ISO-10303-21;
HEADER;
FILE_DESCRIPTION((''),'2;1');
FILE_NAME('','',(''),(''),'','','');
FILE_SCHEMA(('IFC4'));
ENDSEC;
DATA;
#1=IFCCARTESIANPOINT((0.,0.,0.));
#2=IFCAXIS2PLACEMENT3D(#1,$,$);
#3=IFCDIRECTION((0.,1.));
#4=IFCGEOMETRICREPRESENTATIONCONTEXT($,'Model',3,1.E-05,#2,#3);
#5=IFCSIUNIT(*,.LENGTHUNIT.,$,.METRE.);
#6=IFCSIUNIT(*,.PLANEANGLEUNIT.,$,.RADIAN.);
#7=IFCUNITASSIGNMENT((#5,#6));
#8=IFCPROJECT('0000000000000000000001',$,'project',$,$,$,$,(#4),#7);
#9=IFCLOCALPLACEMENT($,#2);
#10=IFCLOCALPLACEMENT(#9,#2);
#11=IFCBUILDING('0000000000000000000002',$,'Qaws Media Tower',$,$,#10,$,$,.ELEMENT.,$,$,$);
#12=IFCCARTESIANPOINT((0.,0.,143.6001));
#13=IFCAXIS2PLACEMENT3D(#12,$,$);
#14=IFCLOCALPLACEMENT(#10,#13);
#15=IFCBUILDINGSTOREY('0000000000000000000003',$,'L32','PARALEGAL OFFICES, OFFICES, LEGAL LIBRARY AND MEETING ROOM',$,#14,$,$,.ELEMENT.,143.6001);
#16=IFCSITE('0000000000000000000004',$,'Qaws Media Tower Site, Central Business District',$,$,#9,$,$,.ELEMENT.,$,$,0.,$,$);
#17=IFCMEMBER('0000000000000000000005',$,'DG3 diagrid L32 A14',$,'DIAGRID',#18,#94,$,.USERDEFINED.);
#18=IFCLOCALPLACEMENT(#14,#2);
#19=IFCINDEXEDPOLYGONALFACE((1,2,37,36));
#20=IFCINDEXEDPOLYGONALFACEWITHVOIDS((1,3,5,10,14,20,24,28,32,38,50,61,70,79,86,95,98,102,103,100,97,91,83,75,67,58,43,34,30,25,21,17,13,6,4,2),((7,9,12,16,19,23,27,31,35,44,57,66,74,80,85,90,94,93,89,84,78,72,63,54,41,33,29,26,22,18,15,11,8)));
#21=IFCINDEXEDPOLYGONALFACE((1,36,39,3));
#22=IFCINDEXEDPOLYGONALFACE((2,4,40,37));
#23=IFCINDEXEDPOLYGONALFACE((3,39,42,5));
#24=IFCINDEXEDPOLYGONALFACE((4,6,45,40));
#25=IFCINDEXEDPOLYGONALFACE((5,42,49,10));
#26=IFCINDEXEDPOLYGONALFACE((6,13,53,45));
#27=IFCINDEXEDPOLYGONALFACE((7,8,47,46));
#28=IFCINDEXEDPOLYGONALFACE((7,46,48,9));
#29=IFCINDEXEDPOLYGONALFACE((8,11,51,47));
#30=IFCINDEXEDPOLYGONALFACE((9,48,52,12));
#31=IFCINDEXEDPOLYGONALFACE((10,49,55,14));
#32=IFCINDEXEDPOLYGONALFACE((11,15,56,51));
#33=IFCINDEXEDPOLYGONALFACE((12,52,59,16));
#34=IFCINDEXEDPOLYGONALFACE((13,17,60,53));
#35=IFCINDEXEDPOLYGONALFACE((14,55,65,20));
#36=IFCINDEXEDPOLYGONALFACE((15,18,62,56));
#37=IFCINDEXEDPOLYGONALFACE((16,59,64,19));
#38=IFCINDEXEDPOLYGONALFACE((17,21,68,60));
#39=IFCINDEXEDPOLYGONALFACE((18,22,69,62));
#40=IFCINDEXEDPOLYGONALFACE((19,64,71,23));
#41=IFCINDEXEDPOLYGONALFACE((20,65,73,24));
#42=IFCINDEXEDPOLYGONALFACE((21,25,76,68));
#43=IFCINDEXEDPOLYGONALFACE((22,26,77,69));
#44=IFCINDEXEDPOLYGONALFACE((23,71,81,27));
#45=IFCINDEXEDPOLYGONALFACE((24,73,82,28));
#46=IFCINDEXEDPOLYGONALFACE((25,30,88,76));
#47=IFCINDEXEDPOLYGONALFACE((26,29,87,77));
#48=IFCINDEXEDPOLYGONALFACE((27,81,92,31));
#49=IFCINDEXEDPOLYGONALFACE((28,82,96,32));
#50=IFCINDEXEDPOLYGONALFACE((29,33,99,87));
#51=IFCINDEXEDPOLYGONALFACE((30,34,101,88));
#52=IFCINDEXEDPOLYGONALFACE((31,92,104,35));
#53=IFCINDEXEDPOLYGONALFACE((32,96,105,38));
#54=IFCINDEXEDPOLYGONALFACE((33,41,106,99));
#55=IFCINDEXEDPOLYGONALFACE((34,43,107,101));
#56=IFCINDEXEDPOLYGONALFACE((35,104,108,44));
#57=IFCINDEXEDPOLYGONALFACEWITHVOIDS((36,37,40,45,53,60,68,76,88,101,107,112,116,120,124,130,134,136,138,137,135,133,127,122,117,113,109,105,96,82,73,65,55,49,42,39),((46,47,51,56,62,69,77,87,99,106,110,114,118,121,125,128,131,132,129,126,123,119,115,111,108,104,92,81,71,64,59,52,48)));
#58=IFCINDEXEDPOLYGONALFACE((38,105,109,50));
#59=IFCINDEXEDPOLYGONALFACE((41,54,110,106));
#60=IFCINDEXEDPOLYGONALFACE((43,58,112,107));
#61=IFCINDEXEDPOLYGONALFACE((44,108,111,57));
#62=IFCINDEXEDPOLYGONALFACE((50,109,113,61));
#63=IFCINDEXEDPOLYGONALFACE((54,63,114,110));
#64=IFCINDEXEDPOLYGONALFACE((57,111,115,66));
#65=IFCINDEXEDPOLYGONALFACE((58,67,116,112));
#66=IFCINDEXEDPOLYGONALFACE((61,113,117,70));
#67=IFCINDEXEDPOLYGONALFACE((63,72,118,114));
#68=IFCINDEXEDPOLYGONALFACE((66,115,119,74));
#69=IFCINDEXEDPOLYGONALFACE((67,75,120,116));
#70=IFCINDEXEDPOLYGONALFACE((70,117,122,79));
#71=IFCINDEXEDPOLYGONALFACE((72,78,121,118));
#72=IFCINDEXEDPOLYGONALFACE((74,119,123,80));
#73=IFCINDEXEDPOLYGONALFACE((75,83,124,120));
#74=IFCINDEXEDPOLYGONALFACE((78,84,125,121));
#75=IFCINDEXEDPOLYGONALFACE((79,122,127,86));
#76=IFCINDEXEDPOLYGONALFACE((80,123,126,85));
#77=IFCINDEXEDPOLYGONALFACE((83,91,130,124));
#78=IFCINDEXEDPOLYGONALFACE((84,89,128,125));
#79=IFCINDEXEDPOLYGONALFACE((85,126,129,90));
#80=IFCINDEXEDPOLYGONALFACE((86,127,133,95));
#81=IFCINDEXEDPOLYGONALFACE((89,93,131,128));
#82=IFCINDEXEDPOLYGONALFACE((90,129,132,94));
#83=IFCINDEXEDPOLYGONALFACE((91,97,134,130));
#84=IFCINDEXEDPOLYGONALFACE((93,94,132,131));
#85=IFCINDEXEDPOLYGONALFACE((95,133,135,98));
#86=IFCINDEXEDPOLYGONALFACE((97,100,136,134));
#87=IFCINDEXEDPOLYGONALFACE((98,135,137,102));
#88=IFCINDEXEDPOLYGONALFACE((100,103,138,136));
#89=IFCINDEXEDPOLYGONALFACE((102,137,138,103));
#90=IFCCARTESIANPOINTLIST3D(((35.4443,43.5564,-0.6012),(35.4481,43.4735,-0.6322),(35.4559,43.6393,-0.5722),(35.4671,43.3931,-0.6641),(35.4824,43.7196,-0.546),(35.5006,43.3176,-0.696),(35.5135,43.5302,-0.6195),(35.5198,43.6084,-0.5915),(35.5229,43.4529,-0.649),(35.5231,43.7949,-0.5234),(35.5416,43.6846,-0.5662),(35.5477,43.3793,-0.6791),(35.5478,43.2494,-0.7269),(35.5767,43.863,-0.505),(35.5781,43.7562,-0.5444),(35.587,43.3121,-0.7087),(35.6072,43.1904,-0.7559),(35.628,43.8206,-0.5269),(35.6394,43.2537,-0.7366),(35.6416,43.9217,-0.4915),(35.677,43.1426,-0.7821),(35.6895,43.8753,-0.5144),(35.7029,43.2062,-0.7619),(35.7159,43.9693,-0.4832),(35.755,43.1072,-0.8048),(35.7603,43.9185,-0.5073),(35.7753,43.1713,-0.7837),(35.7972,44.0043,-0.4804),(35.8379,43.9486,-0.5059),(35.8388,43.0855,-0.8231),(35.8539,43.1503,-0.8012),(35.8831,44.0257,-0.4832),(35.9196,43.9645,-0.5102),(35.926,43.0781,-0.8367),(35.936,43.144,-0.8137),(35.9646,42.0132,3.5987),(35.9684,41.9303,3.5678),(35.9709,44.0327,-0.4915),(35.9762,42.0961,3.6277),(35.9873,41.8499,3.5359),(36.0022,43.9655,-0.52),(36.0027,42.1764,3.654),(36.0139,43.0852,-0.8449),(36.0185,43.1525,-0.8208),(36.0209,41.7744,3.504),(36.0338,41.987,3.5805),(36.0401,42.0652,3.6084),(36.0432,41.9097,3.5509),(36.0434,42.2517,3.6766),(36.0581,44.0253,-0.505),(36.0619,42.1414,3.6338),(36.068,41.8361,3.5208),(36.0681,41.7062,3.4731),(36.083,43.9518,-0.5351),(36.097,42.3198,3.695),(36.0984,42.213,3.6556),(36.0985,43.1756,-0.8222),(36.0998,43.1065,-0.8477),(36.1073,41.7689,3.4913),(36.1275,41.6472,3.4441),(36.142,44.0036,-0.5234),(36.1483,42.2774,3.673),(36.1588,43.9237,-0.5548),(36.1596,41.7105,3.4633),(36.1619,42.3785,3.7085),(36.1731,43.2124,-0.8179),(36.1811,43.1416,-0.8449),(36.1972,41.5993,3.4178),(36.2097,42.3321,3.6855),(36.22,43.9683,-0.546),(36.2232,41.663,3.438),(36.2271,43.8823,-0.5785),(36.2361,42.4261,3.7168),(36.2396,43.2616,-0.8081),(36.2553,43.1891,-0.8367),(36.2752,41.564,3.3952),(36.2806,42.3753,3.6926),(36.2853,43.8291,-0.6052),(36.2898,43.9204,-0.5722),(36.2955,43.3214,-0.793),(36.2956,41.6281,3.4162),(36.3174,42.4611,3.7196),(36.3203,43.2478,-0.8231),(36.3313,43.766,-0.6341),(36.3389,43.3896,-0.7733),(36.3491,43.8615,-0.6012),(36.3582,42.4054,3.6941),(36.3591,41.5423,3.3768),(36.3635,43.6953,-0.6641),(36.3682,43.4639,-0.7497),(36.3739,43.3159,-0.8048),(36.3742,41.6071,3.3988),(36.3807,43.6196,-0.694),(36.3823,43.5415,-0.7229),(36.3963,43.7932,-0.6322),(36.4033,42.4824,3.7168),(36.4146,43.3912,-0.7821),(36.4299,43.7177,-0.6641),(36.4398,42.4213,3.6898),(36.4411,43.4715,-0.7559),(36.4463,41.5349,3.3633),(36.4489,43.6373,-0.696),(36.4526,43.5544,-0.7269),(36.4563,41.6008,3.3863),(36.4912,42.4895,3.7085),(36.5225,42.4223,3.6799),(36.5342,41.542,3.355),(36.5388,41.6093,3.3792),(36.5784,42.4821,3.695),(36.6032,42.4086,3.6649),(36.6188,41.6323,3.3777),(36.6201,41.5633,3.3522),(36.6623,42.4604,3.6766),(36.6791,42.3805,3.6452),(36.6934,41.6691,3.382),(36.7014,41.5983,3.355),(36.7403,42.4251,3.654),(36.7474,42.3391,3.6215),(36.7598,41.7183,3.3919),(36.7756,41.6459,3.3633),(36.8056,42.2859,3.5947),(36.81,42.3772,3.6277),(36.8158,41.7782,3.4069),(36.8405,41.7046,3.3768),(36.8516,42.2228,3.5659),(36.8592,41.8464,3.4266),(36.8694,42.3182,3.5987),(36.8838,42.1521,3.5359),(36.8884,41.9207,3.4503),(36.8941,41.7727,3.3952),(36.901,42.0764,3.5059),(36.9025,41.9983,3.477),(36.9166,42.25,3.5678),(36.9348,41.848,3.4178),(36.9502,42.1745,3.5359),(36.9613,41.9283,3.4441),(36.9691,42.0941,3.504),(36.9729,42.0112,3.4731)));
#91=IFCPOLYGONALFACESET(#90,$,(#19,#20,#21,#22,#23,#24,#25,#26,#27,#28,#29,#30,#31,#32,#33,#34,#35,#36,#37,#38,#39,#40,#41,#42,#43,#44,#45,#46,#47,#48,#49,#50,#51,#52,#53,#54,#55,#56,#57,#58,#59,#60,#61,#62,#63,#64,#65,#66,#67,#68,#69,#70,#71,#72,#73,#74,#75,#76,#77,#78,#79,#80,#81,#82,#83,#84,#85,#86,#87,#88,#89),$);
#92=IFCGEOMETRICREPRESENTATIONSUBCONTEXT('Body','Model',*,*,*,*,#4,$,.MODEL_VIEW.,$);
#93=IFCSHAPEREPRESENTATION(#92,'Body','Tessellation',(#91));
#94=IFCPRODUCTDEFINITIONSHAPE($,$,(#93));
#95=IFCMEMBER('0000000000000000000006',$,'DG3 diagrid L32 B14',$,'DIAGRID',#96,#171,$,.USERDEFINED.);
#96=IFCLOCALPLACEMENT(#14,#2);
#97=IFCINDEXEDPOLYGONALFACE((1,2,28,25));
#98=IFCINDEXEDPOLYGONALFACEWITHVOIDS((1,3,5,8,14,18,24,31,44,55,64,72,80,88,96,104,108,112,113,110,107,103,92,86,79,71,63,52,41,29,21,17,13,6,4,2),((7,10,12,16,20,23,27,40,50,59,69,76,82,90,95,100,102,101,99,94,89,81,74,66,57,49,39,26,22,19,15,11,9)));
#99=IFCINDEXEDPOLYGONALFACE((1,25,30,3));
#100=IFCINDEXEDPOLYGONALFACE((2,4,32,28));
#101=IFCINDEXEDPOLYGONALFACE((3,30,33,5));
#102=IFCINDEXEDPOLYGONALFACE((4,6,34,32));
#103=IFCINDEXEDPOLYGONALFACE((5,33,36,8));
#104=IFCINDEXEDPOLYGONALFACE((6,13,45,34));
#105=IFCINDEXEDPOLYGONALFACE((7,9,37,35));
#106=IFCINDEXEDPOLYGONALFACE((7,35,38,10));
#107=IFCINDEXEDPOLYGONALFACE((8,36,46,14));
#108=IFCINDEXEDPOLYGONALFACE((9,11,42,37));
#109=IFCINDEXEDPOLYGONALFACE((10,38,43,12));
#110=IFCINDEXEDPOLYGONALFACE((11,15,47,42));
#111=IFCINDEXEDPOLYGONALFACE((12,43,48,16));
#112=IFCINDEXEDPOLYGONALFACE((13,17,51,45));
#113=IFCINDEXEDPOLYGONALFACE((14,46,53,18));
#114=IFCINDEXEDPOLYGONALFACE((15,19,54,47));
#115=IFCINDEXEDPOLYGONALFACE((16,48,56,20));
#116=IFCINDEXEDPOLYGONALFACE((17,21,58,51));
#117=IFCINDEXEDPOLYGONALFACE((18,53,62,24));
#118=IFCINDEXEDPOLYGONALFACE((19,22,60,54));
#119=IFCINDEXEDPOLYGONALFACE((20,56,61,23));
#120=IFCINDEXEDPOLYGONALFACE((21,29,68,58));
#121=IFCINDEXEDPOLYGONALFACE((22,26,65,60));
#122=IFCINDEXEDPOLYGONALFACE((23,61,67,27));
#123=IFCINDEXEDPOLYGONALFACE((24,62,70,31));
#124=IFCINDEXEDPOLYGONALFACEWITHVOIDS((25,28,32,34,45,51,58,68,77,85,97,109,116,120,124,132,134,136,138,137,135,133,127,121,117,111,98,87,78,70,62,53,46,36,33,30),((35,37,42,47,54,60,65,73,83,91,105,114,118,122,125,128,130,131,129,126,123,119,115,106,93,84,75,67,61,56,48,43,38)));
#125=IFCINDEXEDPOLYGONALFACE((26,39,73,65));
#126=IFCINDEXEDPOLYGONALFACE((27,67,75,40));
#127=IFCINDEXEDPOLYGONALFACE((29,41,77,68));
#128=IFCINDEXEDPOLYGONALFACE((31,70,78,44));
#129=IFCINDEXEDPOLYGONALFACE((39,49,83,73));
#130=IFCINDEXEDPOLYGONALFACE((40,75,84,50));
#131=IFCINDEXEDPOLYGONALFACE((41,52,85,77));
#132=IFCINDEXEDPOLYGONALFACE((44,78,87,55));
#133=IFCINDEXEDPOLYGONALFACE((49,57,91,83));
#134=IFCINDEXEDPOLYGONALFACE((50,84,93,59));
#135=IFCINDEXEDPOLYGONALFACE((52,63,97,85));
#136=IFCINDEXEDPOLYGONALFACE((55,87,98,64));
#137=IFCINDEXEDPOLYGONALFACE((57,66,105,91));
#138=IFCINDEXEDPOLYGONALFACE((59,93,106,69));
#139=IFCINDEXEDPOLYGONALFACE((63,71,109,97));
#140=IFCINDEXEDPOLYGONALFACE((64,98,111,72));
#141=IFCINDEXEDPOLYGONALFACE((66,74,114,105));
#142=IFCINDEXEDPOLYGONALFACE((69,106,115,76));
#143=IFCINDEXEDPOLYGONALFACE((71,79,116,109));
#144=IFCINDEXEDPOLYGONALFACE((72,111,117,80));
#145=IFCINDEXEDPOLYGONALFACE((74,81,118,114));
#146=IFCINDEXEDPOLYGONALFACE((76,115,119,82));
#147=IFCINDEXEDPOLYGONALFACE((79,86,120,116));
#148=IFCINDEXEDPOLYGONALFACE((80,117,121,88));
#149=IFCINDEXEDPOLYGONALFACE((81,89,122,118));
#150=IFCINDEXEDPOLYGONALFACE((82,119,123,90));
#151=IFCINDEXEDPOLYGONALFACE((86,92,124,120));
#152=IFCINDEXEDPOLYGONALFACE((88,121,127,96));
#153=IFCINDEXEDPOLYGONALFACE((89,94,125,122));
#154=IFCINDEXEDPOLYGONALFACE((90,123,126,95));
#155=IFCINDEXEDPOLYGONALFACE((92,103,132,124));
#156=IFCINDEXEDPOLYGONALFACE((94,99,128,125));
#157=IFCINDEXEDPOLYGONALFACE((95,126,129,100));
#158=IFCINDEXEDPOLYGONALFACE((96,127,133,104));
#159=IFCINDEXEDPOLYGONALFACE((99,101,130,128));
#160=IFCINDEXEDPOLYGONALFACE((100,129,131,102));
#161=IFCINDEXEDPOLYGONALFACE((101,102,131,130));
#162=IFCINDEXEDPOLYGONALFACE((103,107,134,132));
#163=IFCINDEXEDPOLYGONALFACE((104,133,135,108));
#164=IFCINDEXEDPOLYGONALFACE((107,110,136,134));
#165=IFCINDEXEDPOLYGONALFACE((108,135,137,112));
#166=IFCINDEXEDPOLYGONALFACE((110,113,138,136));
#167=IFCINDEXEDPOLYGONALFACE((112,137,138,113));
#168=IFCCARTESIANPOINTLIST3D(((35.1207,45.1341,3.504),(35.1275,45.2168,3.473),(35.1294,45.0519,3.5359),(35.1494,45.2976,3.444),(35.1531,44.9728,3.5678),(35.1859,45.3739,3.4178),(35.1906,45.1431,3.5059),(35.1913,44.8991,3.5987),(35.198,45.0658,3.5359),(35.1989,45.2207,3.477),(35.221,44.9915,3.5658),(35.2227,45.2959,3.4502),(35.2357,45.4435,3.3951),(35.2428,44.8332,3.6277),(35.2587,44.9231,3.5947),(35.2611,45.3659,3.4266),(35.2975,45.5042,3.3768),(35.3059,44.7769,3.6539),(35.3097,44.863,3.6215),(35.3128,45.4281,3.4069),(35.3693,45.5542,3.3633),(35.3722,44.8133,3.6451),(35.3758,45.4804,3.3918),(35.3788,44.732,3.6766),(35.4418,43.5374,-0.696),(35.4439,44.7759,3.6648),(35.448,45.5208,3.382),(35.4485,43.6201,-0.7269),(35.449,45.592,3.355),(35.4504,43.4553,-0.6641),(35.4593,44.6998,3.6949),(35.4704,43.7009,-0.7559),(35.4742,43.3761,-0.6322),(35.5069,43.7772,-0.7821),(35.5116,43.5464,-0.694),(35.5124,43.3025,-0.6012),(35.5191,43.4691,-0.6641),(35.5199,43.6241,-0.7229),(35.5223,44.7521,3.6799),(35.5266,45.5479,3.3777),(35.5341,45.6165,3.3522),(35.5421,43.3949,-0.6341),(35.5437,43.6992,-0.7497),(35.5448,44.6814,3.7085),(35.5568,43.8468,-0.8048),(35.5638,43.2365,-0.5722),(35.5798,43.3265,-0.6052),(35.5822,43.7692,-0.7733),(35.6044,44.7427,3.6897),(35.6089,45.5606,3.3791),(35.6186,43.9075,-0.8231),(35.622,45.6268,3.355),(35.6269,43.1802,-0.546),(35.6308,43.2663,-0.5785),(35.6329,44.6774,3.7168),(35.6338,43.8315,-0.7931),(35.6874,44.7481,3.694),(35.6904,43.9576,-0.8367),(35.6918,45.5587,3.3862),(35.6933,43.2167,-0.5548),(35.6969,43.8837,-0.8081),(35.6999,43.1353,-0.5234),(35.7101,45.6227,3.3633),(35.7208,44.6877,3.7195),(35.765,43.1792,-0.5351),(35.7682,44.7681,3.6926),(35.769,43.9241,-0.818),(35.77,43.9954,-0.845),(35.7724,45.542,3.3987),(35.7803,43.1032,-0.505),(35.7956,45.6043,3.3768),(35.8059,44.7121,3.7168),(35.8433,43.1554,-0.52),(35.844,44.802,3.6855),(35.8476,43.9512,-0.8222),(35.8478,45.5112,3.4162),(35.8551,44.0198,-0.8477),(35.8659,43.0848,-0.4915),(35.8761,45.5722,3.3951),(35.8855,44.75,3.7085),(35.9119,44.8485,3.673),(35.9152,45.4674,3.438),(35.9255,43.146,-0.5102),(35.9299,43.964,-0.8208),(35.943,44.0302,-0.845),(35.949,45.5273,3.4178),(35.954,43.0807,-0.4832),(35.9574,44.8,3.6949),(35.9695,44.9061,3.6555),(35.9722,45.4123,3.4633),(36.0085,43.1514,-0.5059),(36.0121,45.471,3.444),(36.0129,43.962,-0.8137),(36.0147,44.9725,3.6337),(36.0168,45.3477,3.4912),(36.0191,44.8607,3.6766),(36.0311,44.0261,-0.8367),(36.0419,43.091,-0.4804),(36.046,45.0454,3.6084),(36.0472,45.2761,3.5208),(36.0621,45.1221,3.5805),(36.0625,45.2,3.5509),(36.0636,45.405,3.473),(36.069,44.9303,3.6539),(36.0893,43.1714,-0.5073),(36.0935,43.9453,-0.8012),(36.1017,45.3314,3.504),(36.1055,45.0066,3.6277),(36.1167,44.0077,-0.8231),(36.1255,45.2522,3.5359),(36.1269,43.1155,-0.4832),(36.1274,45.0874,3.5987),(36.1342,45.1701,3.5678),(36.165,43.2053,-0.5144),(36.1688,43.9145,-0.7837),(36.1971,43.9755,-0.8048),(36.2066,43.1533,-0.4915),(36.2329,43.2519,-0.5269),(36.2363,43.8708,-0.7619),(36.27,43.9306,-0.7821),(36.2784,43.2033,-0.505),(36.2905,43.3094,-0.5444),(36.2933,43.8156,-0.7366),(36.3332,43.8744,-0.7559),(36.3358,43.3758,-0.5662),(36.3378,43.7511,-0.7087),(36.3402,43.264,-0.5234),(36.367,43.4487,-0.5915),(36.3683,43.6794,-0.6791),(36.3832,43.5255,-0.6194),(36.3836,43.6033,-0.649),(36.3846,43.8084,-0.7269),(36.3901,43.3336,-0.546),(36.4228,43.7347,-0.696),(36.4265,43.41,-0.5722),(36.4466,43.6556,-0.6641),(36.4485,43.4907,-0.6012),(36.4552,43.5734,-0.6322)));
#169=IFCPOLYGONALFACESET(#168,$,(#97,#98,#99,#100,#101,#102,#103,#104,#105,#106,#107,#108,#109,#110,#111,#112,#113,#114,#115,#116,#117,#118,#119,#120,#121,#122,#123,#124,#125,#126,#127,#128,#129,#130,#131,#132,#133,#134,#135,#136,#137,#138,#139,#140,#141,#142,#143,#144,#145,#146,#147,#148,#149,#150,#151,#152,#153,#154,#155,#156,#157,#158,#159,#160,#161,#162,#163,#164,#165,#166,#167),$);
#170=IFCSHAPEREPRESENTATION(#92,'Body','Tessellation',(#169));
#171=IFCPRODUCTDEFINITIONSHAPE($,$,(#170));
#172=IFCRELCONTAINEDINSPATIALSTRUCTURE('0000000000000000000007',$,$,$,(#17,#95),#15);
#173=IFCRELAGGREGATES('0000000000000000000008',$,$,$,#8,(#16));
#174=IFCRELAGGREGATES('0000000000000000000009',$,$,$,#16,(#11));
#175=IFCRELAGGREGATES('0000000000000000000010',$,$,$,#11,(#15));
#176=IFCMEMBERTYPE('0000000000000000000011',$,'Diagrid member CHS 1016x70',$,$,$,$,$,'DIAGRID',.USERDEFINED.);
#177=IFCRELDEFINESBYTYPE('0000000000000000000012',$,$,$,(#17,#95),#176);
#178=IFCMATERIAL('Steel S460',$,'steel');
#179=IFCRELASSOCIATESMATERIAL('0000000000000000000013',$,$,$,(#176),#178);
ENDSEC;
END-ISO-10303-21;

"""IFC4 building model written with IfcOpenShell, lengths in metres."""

from ifc_helpers import new_model, si_unit, direction, frame, origin, origin_2d, place, context, subcontext, project, spatial, hollow_circle, extrude, material, material_profile, profile_set, type_object, element, save


model = new_model("IFC4")

# Units and contexts
model_context = context("Model", 3, precision=1e-05, world=origin(), true_north=direction((0.0, 1.0)))
body_context = subcontext(model_context, "Body", "Model", "MODEL_VIEW")
ifc_project = project(units=[si_unit("LENGTHUNIT", "METRE"), si_unit("PLANEANGLEUNIT", "RADIAN")], contexts=[model_context])

# Site, building, storey
site_placement = place(None, origin())
site = spatial("IfcSite", under=ifc_project, at=site_placement, Name="Qaws Media Tower Site, Central Business District", CompositionType="ELEMENT", RefElevation=0.0)
building_placement = place(site_placement, origin())
building = spatial("IfcBuilding", under=site, at=building_placement, Name="Qaws Media Tower", CompositionType="ELEMENT")
storey_placement = place(building_placement, frame((0.0, 0.0, 143.6001)))
storey = spatial("IfcBuildingStorey", under=building, at=storey_placement, Name="L32", Description="PARALEGAL OFFICES, OFFICES, LEGAL LIBRARY AND MEETING ROOM", CompositionType="ELEMENT", Elevation=143.6001)

# Members
ifc_material_1 = material(Name="Steel S460", Category="steel")
ifc_material_profile_1 = material_profile(ifc_material_1, hollow_circle(Radius=0.5081, WallThickness=0.0701, at=origin_2d()), Name="CHS 1016x70")
ifc_profile_set_1 = profile_set([ifc_material_profile_1], Name="Steel S460")
member_type_1 = type_object("IfcMemberType", Name="Diagrid member CHS 1016x70", ElementType="DIAGRID", PredefinedType="USERDEFINED", material=ifc_profile_set_1)
for number, where, z_axis, x_axis, name in (
    (1, (35.9485, 43.5554, -0.6641), (0.115495, -0.342583, 0.932361), (0.947598, 0.319464, 0.0), "DG3 diagrid L32 A14"),
    (2, (35.9485, 43.5554, -0.6641), (-0.071269, 0.35445, 0.932355), (-0.980378, -0.197125, 0.0), "DG3 diagrid L32 B14"),
):
    element("IfcMember", number, at=place(storey_placement, frame(where, z_axis=z_axis, x_axis=x_axis)), inside=storey, type_object=member_type_1, Name=name, ObjectType="DIAGRID", PredefinedType="USERDEFINED", context=body_context, shape_type="SweptSolid", body=[
        extrude(hollow_circle(Radius=0.5081, WallThickness=0.0701, at=origin_2d()), origin(), (0.0, 0.0, 1.0), 4.5046),
    ])

save(model, "model.ifc")
